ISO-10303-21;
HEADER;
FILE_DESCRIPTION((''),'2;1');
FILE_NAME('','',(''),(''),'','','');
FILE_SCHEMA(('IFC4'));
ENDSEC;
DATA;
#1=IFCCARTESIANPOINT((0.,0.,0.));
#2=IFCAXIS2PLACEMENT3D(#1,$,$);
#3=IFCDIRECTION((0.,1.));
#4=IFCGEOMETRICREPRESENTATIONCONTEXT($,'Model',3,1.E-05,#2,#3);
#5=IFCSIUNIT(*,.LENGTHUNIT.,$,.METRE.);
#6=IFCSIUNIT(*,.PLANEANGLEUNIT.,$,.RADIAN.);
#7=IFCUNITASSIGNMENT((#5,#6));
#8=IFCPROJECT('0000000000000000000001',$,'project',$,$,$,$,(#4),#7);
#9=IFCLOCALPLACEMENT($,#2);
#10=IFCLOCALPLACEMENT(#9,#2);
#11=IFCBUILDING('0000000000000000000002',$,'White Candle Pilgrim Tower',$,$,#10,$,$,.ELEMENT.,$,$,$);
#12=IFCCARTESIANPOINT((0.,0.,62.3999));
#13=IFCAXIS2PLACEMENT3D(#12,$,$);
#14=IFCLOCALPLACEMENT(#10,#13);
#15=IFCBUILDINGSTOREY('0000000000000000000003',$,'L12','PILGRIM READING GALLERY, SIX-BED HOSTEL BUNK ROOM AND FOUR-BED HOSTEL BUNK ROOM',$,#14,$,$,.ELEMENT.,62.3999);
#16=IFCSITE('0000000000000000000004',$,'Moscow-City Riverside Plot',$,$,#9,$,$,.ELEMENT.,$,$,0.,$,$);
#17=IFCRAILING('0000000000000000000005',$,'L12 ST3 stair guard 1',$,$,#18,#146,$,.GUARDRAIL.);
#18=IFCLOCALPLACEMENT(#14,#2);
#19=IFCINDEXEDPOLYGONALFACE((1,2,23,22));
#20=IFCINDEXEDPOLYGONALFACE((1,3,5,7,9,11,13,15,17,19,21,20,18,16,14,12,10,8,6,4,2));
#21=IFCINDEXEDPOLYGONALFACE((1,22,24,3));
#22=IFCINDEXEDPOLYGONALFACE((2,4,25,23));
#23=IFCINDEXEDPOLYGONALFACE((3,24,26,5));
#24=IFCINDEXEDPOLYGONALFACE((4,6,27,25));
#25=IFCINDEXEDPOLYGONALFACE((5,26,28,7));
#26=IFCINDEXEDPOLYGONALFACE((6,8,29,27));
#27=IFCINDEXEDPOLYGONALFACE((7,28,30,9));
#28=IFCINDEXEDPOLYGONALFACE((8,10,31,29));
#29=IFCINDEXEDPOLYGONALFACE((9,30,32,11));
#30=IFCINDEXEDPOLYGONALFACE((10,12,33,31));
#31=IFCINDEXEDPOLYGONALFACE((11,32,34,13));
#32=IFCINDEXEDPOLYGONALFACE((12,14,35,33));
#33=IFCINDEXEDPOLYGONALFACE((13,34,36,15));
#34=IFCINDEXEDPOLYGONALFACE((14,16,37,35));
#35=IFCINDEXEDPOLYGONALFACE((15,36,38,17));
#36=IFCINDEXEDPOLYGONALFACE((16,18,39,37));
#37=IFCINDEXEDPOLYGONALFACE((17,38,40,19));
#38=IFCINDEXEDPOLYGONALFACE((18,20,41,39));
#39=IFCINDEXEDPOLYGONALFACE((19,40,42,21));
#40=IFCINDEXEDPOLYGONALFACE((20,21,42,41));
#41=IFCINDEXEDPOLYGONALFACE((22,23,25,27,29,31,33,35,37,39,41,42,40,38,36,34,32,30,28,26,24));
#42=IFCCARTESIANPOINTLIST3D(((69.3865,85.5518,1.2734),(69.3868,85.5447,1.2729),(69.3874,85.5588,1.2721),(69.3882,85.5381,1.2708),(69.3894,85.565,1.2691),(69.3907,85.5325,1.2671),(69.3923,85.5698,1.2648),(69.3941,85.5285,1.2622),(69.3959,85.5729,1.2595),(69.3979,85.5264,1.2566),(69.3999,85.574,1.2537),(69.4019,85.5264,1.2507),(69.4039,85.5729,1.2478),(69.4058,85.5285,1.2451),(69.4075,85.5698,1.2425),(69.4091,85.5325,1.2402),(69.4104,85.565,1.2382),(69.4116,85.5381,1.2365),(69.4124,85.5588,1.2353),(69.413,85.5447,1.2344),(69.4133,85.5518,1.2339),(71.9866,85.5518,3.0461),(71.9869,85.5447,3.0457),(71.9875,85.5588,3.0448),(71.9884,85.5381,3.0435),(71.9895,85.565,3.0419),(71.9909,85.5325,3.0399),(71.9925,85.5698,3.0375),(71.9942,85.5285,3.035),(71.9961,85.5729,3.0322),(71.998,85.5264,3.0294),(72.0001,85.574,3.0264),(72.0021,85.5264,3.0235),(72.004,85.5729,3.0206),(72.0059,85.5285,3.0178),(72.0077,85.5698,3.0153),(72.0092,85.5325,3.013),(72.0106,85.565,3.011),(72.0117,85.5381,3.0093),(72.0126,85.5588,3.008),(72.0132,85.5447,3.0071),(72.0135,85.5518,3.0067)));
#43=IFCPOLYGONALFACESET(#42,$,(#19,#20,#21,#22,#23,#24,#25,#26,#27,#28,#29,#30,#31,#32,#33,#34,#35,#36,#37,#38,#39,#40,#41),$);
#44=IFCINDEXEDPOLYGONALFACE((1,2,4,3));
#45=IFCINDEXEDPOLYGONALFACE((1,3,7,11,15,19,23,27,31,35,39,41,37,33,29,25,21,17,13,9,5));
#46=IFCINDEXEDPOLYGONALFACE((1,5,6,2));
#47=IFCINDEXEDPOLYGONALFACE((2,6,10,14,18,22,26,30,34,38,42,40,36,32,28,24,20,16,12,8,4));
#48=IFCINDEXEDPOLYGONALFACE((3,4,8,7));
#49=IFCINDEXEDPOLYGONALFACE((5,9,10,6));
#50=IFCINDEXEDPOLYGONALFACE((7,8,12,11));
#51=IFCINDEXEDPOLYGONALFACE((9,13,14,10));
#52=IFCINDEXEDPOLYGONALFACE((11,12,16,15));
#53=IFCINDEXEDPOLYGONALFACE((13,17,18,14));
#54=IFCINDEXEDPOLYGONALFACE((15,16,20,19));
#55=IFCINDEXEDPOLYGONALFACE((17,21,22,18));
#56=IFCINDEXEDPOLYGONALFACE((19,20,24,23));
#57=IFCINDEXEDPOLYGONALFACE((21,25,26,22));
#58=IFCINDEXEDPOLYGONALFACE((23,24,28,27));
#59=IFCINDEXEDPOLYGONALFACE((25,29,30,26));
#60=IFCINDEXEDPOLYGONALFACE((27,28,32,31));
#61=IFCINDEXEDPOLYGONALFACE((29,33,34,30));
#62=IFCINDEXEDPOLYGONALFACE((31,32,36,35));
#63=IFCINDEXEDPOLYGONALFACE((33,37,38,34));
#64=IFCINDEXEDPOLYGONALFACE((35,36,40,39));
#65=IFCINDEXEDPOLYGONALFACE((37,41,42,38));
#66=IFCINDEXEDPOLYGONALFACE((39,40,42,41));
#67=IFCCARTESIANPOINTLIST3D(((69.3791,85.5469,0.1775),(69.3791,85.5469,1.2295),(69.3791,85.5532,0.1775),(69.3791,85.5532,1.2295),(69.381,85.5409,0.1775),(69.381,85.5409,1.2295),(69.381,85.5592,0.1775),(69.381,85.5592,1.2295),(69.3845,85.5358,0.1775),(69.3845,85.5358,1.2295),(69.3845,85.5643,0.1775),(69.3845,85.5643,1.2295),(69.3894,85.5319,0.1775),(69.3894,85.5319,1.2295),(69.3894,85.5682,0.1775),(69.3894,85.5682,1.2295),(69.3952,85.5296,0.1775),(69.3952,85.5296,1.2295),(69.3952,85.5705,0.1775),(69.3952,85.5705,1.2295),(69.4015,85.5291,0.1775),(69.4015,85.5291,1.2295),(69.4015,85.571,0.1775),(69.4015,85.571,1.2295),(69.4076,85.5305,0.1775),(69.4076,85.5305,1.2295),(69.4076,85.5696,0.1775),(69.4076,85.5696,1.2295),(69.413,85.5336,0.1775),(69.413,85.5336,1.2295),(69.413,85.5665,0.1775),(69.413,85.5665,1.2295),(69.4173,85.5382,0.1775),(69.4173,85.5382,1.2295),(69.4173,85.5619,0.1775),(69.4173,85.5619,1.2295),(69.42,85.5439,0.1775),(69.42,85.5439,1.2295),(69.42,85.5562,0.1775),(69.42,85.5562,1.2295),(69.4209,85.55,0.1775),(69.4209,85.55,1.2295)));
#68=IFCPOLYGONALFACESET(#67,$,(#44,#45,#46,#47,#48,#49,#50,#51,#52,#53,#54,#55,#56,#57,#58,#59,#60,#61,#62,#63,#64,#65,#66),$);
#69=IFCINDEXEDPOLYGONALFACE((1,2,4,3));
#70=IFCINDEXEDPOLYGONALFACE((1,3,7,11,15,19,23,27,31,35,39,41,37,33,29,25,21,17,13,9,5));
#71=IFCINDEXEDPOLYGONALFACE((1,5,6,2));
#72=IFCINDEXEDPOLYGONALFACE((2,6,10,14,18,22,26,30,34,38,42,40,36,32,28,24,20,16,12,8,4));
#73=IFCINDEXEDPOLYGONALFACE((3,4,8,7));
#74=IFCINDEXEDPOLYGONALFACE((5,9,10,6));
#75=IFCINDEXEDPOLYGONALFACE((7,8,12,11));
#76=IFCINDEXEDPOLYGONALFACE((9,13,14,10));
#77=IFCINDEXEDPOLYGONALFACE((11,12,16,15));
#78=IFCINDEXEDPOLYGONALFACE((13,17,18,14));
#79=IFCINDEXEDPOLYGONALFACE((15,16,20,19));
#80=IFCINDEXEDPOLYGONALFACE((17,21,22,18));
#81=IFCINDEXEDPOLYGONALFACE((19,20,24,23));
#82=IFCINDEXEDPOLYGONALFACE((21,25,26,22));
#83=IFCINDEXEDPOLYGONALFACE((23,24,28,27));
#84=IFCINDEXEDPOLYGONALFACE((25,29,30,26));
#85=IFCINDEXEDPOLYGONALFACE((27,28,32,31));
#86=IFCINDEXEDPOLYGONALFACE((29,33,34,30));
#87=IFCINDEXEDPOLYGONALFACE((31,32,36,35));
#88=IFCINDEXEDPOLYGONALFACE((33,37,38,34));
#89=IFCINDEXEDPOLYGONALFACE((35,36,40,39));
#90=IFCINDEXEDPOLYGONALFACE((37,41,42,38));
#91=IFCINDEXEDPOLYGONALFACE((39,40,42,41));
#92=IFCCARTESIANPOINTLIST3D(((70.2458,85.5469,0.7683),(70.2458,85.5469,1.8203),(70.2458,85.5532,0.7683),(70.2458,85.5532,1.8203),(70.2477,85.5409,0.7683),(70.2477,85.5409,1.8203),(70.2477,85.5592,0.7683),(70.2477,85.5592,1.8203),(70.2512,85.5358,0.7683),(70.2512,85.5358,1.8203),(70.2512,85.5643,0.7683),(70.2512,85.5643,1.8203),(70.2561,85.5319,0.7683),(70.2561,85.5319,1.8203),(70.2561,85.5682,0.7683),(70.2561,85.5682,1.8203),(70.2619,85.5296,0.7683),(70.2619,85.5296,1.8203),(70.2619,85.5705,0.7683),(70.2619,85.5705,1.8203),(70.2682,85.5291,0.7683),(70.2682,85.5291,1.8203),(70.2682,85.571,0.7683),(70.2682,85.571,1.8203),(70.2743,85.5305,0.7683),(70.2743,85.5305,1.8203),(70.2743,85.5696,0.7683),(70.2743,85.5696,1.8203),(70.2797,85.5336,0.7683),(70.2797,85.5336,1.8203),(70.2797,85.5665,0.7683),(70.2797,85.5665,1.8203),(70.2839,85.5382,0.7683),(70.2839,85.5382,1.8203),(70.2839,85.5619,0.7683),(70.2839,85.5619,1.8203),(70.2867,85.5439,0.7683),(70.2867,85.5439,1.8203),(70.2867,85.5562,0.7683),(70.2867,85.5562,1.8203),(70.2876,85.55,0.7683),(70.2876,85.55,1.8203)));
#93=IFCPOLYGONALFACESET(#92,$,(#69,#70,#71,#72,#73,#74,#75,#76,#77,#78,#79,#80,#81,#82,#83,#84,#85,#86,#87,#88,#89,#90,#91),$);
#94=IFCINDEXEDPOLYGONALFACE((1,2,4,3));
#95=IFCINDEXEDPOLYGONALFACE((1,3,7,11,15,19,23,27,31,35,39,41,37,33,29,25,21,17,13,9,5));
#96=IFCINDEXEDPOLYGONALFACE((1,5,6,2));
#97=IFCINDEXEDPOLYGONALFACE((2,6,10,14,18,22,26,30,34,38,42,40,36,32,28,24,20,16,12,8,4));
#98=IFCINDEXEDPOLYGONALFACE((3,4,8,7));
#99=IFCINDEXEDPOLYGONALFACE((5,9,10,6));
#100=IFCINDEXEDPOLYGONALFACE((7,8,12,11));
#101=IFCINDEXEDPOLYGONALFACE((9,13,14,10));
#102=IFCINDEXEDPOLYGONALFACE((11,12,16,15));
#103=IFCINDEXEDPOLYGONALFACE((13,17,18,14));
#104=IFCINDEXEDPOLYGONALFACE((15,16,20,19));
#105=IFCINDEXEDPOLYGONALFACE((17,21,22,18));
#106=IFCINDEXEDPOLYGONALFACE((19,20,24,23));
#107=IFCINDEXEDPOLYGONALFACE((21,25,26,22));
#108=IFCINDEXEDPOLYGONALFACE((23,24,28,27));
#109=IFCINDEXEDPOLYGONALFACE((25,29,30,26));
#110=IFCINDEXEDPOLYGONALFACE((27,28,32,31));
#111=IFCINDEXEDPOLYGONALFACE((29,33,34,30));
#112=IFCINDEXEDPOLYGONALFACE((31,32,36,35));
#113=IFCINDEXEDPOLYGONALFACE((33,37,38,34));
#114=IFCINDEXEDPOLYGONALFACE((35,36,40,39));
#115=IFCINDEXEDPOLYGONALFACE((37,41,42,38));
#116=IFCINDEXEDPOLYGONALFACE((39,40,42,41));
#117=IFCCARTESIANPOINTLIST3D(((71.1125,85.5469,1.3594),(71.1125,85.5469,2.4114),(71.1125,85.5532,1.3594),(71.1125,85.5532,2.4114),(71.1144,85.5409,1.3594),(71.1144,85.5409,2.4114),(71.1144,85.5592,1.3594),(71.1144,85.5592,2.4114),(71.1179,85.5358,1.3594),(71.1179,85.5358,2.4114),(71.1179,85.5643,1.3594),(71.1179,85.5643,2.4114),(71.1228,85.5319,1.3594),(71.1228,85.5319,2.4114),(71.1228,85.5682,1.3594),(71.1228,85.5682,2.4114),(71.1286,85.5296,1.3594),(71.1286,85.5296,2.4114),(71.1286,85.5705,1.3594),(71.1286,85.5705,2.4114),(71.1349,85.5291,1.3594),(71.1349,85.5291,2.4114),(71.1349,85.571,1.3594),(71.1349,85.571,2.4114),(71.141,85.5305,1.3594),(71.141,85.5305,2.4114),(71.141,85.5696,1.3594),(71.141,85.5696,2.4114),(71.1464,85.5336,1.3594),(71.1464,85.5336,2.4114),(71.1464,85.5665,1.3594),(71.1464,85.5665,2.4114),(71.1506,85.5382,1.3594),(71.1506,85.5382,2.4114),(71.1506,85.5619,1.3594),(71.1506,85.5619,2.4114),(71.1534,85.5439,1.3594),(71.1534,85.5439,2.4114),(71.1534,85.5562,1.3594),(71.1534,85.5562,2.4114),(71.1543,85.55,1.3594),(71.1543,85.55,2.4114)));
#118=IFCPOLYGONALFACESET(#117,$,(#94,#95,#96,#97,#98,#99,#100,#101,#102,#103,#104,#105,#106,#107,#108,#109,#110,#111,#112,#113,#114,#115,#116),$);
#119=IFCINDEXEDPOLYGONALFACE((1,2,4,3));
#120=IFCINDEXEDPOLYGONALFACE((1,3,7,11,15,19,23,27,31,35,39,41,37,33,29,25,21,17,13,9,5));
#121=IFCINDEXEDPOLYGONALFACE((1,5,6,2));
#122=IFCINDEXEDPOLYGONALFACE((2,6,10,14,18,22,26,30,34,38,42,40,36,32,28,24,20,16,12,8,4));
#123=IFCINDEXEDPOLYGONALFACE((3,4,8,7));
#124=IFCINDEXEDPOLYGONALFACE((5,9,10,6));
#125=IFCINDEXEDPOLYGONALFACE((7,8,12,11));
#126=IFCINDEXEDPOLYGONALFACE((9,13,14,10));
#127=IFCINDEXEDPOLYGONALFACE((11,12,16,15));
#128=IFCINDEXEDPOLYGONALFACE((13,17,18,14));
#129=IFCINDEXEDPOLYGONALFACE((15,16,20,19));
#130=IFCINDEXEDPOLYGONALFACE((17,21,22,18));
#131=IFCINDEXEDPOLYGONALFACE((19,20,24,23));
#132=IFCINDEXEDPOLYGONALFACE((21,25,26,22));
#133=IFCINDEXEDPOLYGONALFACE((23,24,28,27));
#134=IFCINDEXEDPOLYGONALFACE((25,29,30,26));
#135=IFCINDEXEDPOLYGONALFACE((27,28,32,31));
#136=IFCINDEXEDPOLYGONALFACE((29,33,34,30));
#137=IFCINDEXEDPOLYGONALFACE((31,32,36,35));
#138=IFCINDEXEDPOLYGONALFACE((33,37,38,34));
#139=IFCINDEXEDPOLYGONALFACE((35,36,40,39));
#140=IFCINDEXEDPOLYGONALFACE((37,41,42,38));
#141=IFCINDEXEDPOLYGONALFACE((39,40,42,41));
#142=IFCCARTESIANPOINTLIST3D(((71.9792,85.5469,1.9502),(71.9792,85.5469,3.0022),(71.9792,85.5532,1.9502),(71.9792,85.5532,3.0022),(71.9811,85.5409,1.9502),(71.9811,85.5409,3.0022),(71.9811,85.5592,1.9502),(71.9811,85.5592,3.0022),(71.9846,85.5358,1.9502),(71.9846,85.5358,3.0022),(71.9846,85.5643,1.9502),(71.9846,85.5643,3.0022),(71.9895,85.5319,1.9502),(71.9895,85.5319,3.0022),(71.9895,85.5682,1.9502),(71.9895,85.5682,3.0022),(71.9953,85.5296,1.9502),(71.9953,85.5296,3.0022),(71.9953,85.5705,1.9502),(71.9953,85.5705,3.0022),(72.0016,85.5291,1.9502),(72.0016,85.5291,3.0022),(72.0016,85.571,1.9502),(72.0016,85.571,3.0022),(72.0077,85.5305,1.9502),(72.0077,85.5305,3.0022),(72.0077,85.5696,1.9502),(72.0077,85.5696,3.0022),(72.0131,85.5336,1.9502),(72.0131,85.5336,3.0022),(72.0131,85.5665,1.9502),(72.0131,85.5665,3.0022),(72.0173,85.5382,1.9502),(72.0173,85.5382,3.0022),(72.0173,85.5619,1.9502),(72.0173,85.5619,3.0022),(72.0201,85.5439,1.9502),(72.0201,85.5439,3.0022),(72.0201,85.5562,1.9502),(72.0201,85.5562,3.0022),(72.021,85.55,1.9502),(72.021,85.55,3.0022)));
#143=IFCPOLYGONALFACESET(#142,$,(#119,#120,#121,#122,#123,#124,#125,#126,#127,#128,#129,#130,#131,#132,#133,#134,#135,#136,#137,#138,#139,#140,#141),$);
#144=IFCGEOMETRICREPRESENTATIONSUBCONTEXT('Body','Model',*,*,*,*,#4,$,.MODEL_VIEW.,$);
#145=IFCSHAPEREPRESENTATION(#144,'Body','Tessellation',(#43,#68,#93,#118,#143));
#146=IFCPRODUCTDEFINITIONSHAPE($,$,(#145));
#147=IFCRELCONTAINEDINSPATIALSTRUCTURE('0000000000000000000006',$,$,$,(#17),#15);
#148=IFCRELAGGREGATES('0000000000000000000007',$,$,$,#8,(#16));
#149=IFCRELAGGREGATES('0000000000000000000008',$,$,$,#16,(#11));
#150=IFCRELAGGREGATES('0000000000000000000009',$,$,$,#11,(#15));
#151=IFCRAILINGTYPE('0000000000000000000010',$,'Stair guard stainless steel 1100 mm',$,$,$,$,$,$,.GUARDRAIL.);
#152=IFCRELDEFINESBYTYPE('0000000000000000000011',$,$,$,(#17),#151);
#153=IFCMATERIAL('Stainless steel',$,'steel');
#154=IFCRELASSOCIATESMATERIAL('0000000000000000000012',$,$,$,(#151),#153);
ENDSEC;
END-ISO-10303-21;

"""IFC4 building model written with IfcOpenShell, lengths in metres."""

from ifc_helpers import new_model, si_unit, direction, frame, origin, origin_2d, place, context, subcontext, project, spatial, circle, extrude, material, type_object, element, save


model = new_model("IFC4")

# Units and contexts
model_context = context("Model", 3, precision=1e-05, world=origin(), true_north=direction((0.0, 1.0)))
body_context = subcontext(model_context, "Body", "Model", "MODEL_VIEW")
ifc_project = project(units=[si_unit("LENGTHUNIT", "METRE"), si_unit("PLANEANGLEUNIT", "RADIAN")], contexts=[model_context])

# Site, building, storey
site_placement = place(None, origin())
site = spatial("IfcSite", under=ifc_project, at=site_placement, Name="Moscow-City Riverside Plot", CompositionType="ELEMENT", RefElevation=0.0)
building_placement = place(site_placement, origin())
building = spatial("IfcBuilding", under=site, at=building_placement, Name="White Candle Pilgrim Tower", CompositionType="ELEMENT")
storey_placement = place(building_placement, frame((0.0, 0.0, 62.3999)))
storey = spatial("IfcBuildingStorey", under=building, at=storey_placement, Name="L12", Description="PILGRIM READING GALLERY, SIX-BED HOSTEL BUNK ROOM AND FOUR-BED HOSTEL BUNK ROOM", CompositionType="ELEMENT", Elevation=62.3999)

# Railing
ifc_material_1 = material(Name="Stainless steel", Category="steel")
railing_type_1 = type_object("IfcRailingType", Name="Stair guard stainless steel 1100 mm", PredefinedType="GUARDRAIL", material=ifc_material_1)
railing_1_placement = place(storey_placement, frame((69.3999, 85.55, 0.1775)))
element("IfcRailing", 1, at=railing_1_placement, inside=storey, type_object=railing_type_1, Name="L12 ST3 stair guard 1", PredefinedType="GUARDRAIL", context=body_context, shape_type="SweptSolid", body=[
    extrude(circle(Radius=0.0239, at=origin_2d()), frame((0.0, 0.0, 1.0762), z_axis=(0.82624, 0.0, 0.563318), x_axis=(0.0, 1.0, 0.0)), (0.0, 0.0, 1.0), 3.147),
    extrude(circle(Radius=0.021, at=origin_2d()), origin(), (0.0, 0.0, 1.0), 1.052),
    extrude(circle(Radius=0.021, at=origin_2d()), frame((0.8667, 0.0, 0.5908)), (0.0, 0.0, 1.0), 1.052),
    extrude(circle(Radius=0.021, at=origin_2d()), frame((1.7334, 0.0, 1.1819)), (0.0, 0.0, 1.0), 1.052),
    extrude(circle(Radius=0.021, at=origin_2d()), frame((2.6001, 0.0, 1.7727)), (0.0, 0.0, 1.0), 1.052),
])

save(model, "model.ifc")
